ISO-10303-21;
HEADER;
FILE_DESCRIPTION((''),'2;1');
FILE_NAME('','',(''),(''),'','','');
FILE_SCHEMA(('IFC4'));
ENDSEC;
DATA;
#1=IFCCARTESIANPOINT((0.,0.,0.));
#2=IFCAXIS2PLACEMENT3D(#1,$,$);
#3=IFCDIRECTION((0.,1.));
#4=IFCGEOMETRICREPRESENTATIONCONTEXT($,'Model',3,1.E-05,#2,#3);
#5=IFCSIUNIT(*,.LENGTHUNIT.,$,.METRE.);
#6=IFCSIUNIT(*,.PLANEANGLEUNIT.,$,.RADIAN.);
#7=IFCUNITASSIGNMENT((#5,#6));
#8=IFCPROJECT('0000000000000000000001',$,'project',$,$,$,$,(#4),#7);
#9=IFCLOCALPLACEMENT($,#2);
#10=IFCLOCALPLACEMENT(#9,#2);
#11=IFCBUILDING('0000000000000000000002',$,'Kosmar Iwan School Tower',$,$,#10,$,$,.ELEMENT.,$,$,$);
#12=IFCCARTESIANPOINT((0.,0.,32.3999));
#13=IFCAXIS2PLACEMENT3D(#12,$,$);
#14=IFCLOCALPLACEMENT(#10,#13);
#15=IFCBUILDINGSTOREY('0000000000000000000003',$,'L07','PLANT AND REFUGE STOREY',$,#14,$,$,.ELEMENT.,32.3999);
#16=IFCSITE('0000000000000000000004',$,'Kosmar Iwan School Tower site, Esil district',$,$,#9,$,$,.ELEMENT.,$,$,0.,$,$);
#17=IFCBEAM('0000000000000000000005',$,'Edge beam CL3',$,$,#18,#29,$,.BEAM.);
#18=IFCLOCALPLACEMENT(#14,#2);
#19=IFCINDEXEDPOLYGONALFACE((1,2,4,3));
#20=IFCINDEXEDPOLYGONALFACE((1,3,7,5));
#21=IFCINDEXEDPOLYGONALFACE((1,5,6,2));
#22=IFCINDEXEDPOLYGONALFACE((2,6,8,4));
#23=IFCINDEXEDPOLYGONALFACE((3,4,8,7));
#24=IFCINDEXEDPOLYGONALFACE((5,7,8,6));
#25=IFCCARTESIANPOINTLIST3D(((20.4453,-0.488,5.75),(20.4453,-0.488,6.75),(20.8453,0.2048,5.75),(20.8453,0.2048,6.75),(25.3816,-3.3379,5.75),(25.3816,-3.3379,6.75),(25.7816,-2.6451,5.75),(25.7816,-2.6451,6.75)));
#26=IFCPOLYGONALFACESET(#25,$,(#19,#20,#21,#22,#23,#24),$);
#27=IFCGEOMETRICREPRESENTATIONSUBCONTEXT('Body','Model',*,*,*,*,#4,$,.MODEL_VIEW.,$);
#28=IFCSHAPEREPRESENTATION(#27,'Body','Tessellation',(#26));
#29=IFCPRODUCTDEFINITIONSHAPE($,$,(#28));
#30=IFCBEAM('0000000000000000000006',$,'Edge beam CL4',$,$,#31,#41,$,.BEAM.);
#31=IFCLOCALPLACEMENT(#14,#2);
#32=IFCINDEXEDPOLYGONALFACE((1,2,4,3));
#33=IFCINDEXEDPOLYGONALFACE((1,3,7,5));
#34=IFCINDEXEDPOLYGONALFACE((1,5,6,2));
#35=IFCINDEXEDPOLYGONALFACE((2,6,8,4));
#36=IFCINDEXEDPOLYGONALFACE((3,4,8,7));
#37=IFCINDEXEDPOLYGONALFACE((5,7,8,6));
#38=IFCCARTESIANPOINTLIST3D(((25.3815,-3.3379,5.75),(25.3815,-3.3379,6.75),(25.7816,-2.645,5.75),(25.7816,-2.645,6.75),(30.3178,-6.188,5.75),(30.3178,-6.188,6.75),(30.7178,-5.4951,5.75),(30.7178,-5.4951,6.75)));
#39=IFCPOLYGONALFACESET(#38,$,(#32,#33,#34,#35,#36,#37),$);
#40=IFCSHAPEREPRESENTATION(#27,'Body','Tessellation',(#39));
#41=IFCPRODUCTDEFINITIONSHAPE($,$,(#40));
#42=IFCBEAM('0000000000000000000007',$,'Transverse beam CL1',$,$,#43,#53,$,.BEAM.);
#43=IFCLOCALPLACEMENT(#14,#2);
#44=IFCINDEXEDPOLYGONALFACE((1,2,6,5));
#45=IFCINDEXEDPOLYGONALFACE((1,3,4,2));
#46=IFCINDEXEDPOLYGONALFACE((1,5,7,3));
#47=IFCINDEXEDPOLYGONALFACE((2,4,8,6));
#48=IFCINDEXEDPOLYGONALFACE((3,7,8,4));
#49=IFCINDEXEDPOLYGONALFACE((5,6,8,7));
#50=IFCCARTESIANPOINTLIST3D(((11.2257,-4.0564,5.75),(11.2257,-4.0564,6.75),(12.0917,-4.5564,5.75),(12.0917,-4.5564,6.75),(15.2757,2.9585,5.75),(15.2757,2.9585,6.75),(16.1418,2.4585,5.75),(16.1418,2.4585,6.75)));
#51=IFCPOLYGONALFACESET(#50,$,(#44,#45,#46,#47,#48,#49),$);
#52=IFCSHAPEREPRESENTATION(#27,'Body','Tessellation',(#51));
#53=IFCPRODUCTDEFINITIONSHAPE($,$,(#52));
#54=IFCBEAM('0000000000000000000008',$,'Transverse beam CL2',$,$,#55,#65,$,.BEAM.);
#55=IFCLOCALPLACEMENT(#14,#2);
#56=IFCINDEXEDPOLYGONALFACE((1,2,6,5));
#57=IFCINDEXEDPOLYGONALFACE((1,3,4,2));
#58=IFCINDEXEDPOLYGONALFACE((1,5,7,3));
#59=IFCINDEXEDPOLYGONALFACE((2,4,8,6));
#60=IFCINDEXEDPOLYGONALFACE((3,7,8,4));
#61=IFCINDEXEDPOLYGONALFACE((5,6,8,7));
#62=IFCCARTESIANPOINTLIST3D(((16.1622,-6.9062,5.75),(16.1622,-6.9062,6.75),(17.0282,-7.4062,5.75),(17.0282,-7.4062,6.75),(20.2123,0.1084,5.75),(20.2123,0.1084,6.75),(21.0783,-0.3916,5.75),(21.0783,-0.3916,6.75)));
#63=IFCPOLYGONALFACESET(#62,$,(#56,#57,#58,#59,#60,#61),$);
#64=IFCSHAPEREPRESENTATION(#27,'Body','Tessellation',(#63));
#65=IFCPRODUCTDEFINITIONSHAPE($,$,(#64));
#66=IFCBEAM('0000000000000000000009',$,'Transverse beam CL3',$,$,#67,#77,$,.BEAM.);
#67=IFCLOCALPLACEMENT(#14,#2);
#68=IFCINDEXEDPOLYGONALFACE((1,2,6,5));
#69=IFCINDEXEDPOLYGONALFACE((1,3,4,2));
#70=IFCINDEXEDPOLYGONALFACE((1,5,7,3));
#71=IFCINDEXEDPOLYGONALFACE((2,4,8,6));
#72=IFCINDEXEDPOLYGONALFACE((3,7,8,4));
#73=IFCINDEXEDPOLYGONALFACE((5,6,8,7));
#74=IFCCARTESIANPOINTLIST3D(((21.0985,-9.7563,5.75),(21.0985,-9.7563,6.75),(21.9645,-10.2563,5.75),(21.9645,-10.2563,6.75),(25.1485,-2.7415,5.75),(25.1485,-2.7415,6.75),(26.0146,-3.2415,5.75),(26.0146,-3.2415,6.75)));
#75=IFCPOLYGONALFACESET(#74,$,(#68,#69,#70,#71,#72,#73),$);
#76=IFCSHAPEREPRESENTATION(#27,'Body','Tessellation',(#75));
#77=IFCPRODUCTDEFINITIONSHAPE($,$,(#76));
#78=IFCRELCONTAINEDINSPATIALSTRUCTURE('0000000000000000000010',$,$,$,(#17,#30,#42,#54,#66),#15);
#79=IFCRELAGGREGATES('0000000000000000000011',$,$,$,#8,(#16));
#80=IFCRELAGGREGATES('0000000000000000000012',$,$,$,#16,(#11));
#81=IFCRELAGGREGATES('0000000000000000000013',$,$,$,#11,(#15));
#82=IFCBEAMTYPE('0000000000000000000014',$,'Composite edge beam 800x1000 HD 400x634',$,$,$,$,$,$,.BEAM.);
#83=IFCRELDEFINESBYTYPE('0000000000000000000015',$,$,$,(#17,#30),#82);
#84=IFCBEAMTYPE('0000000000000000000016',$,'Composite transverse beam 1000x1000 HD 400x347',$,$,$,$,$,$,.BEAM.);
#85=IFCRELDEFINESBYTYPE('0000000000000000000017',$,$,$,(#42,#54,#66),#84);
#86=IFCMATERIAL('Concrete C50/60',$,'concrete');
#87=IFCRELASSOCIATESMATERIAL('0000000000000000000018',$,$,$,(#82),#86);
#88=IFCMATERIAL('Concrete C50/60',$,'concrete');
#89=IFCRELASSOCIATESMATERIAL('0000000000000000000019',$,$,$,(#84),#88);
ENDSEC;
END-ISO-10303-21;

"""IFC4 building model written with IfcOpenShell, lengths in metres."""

from ifc_helpers import new_model, si_unit, direction, frame, origin, origin_2d, place, context, subcontext, project, spatial, rectangle, extrude, material, material_profile, profile_set, type_object, element, save


model = new_model("IFC4")

# Units and contexts
model_context = context("Model", 3, precision=1e-05, world=origin(), true_north=direction((0.0, 1.0)))
body_context = subcontext(model_context, "Body", "Model", "MODEL_VIEW")
ifc_project = project(units=[si_unit("LENGTHUNIT", "METRE"), si_unit("PLANEANGLEUNIT", "RADIAN")], contexts=[model_context])

# Site, building, storey
site_placement = place(None, origin())
site = spatial("IfcSite", under=ifc_project, at=site_placement, Name="Kosmar Iwan School Tower site, Esil district", CompositionType="ELEMENT", RefElevation=0.0)
building_placement = place(site_placement, origin())
building = spatial("IfcBuilding", under=site, at=building_placement, Name="Kosmar Iwan School Tower", CompositionType="ELEMENT")
storey_placement = place(building_placement, frame((0.0, 0.0, 32.3999)))
storey = spatial("IfcBuildingStorey", under=building, at=storey_placement, Name="L07", Description="PLANT AND REFUGE STOREY", CompositionType="ELEMENT", Elevation=32.3999)

# Beams
ifc_material_1 = material(Name="Concrete C50/60", Category="concrete")
ifc_material_profile_1 = material_profile(ifc_material_1, rectangle(XDim=0.8, YDim=1.0, at=origin_2d()), Name="RC 800x1000 + HD 400x634")
ifc_profile_set_1 = profile_set([ifc_material_profile_1], Name="Concrete C50/60")
beam_type_1 = type_object("IfcBeamType", Name="Composite edge beam 800x1000 HD 400x634", PredefinedType="BEAM", material=ifc_profile_set_1)
for number, where, z_axis, x_axis, name in (
    (1, (20.6453, -0.1416, 6.25), (0.866034, -0.499986, 0.0), (0.499986, 0.866034, 0.0), "Edge beam CL3"),
    (2, (25.5815, -2.9915, 6.25), (0.866015, -0.500018, 0.0), (0.500018, 0.866015, 0.0), "Edge beam CL4"),
):
    element("IfcBeam", number, at=place(storey_placement, frame(where, z_axis=z_axis, x_axis=x_axis)), inside=storey, type_object=beam_type_1, Name=name, PredefinedType="BEAM", context=body_context, shape_type="SweptSolid", body=[
        extrude(rectangle(XDim=0.8, YDim=1.0, at=origin_2d()), origin(), (0.0, 0.0, 1.0), 5.7),
    ])
ifc_material_2 = material(Name="Concrete C50/60", Category="concrete")
ifc_material_profile_2 = material_profile(ifc_material_2, rectangle(XDim=1.0, YDim=1.0, at=origin_2d()), Name="RC 1000x1000 + HD 400x347")
ifc_profile_set_2 = profile_set([ifc_material_profile_2], Name="Concrete C50/60")
beam_type_2 = type_object("IfcBeamType", Name="Composite transverse beam 1000x1000 HD 400x347", PredefinedType="BEAM", material=ifc_profile_set_2)
beam_1_placement = place(storey_placement, frame((15.7087, 2.7085, 6.25), z_axis=(-0.5, -0.866025, 0.0), x_axis=(0.866025, -0.5, 0.0)))
element("IfcBeam", 3, at=beam_1_placement, inside=storey, type_object=beam_type_2, Name="Transverse beam CL1", PredefinedType="BEAM", context=body_context, shape_type="SweptSolid", body=[
    extrude(rectangle(XDim=1.0, YDim=1.0, at=origin_2d()), origin(), (0.0, 0.0, 1.0), 8.1001),
])
beam_2_placement = place(storey_placement, frame((20.6453, -0.1416, 6.25), z_axis=(-0.500013, -0.866018, 0.0), x_axis=(0.866018, -0.500013, 0.0)))
element("IfcBeam", 4, at=beam_2_placement, inside=storey, type_object=beam_type_2, Name="Transverse beam CL2", PredefinedType="BEAM", context=body_context, shape_type="SweptSolid", body=[
    extrude(rectangle(XDim=1.0, YDim=1.0, at=origin_2d()), origin(), (0.0, 0.0, 1.0), 8.0999),
])
beam_3_placement = place(storey_placement, frame((25.5815, -2.9915, 6.25), z_axis=(-0.5, -0.866025, 0.0), x_axis=(0.866025, -0.5, 0.0)))
element("IfcBeam", 5, at=beam_3_placement, inside=storey, type_object=beam_type_2, Name="Transverse beam CL3", PredefinedType="BEAM", context=body_context, shape_type="SweptSolid", body=[
    extrude(rectangle(XDim=1.0, YDim=1.0, at=origin_2d()), origin(), (0.0, 0.0, 1.0), 8.1001),
])

save(model, "model.ifc")
